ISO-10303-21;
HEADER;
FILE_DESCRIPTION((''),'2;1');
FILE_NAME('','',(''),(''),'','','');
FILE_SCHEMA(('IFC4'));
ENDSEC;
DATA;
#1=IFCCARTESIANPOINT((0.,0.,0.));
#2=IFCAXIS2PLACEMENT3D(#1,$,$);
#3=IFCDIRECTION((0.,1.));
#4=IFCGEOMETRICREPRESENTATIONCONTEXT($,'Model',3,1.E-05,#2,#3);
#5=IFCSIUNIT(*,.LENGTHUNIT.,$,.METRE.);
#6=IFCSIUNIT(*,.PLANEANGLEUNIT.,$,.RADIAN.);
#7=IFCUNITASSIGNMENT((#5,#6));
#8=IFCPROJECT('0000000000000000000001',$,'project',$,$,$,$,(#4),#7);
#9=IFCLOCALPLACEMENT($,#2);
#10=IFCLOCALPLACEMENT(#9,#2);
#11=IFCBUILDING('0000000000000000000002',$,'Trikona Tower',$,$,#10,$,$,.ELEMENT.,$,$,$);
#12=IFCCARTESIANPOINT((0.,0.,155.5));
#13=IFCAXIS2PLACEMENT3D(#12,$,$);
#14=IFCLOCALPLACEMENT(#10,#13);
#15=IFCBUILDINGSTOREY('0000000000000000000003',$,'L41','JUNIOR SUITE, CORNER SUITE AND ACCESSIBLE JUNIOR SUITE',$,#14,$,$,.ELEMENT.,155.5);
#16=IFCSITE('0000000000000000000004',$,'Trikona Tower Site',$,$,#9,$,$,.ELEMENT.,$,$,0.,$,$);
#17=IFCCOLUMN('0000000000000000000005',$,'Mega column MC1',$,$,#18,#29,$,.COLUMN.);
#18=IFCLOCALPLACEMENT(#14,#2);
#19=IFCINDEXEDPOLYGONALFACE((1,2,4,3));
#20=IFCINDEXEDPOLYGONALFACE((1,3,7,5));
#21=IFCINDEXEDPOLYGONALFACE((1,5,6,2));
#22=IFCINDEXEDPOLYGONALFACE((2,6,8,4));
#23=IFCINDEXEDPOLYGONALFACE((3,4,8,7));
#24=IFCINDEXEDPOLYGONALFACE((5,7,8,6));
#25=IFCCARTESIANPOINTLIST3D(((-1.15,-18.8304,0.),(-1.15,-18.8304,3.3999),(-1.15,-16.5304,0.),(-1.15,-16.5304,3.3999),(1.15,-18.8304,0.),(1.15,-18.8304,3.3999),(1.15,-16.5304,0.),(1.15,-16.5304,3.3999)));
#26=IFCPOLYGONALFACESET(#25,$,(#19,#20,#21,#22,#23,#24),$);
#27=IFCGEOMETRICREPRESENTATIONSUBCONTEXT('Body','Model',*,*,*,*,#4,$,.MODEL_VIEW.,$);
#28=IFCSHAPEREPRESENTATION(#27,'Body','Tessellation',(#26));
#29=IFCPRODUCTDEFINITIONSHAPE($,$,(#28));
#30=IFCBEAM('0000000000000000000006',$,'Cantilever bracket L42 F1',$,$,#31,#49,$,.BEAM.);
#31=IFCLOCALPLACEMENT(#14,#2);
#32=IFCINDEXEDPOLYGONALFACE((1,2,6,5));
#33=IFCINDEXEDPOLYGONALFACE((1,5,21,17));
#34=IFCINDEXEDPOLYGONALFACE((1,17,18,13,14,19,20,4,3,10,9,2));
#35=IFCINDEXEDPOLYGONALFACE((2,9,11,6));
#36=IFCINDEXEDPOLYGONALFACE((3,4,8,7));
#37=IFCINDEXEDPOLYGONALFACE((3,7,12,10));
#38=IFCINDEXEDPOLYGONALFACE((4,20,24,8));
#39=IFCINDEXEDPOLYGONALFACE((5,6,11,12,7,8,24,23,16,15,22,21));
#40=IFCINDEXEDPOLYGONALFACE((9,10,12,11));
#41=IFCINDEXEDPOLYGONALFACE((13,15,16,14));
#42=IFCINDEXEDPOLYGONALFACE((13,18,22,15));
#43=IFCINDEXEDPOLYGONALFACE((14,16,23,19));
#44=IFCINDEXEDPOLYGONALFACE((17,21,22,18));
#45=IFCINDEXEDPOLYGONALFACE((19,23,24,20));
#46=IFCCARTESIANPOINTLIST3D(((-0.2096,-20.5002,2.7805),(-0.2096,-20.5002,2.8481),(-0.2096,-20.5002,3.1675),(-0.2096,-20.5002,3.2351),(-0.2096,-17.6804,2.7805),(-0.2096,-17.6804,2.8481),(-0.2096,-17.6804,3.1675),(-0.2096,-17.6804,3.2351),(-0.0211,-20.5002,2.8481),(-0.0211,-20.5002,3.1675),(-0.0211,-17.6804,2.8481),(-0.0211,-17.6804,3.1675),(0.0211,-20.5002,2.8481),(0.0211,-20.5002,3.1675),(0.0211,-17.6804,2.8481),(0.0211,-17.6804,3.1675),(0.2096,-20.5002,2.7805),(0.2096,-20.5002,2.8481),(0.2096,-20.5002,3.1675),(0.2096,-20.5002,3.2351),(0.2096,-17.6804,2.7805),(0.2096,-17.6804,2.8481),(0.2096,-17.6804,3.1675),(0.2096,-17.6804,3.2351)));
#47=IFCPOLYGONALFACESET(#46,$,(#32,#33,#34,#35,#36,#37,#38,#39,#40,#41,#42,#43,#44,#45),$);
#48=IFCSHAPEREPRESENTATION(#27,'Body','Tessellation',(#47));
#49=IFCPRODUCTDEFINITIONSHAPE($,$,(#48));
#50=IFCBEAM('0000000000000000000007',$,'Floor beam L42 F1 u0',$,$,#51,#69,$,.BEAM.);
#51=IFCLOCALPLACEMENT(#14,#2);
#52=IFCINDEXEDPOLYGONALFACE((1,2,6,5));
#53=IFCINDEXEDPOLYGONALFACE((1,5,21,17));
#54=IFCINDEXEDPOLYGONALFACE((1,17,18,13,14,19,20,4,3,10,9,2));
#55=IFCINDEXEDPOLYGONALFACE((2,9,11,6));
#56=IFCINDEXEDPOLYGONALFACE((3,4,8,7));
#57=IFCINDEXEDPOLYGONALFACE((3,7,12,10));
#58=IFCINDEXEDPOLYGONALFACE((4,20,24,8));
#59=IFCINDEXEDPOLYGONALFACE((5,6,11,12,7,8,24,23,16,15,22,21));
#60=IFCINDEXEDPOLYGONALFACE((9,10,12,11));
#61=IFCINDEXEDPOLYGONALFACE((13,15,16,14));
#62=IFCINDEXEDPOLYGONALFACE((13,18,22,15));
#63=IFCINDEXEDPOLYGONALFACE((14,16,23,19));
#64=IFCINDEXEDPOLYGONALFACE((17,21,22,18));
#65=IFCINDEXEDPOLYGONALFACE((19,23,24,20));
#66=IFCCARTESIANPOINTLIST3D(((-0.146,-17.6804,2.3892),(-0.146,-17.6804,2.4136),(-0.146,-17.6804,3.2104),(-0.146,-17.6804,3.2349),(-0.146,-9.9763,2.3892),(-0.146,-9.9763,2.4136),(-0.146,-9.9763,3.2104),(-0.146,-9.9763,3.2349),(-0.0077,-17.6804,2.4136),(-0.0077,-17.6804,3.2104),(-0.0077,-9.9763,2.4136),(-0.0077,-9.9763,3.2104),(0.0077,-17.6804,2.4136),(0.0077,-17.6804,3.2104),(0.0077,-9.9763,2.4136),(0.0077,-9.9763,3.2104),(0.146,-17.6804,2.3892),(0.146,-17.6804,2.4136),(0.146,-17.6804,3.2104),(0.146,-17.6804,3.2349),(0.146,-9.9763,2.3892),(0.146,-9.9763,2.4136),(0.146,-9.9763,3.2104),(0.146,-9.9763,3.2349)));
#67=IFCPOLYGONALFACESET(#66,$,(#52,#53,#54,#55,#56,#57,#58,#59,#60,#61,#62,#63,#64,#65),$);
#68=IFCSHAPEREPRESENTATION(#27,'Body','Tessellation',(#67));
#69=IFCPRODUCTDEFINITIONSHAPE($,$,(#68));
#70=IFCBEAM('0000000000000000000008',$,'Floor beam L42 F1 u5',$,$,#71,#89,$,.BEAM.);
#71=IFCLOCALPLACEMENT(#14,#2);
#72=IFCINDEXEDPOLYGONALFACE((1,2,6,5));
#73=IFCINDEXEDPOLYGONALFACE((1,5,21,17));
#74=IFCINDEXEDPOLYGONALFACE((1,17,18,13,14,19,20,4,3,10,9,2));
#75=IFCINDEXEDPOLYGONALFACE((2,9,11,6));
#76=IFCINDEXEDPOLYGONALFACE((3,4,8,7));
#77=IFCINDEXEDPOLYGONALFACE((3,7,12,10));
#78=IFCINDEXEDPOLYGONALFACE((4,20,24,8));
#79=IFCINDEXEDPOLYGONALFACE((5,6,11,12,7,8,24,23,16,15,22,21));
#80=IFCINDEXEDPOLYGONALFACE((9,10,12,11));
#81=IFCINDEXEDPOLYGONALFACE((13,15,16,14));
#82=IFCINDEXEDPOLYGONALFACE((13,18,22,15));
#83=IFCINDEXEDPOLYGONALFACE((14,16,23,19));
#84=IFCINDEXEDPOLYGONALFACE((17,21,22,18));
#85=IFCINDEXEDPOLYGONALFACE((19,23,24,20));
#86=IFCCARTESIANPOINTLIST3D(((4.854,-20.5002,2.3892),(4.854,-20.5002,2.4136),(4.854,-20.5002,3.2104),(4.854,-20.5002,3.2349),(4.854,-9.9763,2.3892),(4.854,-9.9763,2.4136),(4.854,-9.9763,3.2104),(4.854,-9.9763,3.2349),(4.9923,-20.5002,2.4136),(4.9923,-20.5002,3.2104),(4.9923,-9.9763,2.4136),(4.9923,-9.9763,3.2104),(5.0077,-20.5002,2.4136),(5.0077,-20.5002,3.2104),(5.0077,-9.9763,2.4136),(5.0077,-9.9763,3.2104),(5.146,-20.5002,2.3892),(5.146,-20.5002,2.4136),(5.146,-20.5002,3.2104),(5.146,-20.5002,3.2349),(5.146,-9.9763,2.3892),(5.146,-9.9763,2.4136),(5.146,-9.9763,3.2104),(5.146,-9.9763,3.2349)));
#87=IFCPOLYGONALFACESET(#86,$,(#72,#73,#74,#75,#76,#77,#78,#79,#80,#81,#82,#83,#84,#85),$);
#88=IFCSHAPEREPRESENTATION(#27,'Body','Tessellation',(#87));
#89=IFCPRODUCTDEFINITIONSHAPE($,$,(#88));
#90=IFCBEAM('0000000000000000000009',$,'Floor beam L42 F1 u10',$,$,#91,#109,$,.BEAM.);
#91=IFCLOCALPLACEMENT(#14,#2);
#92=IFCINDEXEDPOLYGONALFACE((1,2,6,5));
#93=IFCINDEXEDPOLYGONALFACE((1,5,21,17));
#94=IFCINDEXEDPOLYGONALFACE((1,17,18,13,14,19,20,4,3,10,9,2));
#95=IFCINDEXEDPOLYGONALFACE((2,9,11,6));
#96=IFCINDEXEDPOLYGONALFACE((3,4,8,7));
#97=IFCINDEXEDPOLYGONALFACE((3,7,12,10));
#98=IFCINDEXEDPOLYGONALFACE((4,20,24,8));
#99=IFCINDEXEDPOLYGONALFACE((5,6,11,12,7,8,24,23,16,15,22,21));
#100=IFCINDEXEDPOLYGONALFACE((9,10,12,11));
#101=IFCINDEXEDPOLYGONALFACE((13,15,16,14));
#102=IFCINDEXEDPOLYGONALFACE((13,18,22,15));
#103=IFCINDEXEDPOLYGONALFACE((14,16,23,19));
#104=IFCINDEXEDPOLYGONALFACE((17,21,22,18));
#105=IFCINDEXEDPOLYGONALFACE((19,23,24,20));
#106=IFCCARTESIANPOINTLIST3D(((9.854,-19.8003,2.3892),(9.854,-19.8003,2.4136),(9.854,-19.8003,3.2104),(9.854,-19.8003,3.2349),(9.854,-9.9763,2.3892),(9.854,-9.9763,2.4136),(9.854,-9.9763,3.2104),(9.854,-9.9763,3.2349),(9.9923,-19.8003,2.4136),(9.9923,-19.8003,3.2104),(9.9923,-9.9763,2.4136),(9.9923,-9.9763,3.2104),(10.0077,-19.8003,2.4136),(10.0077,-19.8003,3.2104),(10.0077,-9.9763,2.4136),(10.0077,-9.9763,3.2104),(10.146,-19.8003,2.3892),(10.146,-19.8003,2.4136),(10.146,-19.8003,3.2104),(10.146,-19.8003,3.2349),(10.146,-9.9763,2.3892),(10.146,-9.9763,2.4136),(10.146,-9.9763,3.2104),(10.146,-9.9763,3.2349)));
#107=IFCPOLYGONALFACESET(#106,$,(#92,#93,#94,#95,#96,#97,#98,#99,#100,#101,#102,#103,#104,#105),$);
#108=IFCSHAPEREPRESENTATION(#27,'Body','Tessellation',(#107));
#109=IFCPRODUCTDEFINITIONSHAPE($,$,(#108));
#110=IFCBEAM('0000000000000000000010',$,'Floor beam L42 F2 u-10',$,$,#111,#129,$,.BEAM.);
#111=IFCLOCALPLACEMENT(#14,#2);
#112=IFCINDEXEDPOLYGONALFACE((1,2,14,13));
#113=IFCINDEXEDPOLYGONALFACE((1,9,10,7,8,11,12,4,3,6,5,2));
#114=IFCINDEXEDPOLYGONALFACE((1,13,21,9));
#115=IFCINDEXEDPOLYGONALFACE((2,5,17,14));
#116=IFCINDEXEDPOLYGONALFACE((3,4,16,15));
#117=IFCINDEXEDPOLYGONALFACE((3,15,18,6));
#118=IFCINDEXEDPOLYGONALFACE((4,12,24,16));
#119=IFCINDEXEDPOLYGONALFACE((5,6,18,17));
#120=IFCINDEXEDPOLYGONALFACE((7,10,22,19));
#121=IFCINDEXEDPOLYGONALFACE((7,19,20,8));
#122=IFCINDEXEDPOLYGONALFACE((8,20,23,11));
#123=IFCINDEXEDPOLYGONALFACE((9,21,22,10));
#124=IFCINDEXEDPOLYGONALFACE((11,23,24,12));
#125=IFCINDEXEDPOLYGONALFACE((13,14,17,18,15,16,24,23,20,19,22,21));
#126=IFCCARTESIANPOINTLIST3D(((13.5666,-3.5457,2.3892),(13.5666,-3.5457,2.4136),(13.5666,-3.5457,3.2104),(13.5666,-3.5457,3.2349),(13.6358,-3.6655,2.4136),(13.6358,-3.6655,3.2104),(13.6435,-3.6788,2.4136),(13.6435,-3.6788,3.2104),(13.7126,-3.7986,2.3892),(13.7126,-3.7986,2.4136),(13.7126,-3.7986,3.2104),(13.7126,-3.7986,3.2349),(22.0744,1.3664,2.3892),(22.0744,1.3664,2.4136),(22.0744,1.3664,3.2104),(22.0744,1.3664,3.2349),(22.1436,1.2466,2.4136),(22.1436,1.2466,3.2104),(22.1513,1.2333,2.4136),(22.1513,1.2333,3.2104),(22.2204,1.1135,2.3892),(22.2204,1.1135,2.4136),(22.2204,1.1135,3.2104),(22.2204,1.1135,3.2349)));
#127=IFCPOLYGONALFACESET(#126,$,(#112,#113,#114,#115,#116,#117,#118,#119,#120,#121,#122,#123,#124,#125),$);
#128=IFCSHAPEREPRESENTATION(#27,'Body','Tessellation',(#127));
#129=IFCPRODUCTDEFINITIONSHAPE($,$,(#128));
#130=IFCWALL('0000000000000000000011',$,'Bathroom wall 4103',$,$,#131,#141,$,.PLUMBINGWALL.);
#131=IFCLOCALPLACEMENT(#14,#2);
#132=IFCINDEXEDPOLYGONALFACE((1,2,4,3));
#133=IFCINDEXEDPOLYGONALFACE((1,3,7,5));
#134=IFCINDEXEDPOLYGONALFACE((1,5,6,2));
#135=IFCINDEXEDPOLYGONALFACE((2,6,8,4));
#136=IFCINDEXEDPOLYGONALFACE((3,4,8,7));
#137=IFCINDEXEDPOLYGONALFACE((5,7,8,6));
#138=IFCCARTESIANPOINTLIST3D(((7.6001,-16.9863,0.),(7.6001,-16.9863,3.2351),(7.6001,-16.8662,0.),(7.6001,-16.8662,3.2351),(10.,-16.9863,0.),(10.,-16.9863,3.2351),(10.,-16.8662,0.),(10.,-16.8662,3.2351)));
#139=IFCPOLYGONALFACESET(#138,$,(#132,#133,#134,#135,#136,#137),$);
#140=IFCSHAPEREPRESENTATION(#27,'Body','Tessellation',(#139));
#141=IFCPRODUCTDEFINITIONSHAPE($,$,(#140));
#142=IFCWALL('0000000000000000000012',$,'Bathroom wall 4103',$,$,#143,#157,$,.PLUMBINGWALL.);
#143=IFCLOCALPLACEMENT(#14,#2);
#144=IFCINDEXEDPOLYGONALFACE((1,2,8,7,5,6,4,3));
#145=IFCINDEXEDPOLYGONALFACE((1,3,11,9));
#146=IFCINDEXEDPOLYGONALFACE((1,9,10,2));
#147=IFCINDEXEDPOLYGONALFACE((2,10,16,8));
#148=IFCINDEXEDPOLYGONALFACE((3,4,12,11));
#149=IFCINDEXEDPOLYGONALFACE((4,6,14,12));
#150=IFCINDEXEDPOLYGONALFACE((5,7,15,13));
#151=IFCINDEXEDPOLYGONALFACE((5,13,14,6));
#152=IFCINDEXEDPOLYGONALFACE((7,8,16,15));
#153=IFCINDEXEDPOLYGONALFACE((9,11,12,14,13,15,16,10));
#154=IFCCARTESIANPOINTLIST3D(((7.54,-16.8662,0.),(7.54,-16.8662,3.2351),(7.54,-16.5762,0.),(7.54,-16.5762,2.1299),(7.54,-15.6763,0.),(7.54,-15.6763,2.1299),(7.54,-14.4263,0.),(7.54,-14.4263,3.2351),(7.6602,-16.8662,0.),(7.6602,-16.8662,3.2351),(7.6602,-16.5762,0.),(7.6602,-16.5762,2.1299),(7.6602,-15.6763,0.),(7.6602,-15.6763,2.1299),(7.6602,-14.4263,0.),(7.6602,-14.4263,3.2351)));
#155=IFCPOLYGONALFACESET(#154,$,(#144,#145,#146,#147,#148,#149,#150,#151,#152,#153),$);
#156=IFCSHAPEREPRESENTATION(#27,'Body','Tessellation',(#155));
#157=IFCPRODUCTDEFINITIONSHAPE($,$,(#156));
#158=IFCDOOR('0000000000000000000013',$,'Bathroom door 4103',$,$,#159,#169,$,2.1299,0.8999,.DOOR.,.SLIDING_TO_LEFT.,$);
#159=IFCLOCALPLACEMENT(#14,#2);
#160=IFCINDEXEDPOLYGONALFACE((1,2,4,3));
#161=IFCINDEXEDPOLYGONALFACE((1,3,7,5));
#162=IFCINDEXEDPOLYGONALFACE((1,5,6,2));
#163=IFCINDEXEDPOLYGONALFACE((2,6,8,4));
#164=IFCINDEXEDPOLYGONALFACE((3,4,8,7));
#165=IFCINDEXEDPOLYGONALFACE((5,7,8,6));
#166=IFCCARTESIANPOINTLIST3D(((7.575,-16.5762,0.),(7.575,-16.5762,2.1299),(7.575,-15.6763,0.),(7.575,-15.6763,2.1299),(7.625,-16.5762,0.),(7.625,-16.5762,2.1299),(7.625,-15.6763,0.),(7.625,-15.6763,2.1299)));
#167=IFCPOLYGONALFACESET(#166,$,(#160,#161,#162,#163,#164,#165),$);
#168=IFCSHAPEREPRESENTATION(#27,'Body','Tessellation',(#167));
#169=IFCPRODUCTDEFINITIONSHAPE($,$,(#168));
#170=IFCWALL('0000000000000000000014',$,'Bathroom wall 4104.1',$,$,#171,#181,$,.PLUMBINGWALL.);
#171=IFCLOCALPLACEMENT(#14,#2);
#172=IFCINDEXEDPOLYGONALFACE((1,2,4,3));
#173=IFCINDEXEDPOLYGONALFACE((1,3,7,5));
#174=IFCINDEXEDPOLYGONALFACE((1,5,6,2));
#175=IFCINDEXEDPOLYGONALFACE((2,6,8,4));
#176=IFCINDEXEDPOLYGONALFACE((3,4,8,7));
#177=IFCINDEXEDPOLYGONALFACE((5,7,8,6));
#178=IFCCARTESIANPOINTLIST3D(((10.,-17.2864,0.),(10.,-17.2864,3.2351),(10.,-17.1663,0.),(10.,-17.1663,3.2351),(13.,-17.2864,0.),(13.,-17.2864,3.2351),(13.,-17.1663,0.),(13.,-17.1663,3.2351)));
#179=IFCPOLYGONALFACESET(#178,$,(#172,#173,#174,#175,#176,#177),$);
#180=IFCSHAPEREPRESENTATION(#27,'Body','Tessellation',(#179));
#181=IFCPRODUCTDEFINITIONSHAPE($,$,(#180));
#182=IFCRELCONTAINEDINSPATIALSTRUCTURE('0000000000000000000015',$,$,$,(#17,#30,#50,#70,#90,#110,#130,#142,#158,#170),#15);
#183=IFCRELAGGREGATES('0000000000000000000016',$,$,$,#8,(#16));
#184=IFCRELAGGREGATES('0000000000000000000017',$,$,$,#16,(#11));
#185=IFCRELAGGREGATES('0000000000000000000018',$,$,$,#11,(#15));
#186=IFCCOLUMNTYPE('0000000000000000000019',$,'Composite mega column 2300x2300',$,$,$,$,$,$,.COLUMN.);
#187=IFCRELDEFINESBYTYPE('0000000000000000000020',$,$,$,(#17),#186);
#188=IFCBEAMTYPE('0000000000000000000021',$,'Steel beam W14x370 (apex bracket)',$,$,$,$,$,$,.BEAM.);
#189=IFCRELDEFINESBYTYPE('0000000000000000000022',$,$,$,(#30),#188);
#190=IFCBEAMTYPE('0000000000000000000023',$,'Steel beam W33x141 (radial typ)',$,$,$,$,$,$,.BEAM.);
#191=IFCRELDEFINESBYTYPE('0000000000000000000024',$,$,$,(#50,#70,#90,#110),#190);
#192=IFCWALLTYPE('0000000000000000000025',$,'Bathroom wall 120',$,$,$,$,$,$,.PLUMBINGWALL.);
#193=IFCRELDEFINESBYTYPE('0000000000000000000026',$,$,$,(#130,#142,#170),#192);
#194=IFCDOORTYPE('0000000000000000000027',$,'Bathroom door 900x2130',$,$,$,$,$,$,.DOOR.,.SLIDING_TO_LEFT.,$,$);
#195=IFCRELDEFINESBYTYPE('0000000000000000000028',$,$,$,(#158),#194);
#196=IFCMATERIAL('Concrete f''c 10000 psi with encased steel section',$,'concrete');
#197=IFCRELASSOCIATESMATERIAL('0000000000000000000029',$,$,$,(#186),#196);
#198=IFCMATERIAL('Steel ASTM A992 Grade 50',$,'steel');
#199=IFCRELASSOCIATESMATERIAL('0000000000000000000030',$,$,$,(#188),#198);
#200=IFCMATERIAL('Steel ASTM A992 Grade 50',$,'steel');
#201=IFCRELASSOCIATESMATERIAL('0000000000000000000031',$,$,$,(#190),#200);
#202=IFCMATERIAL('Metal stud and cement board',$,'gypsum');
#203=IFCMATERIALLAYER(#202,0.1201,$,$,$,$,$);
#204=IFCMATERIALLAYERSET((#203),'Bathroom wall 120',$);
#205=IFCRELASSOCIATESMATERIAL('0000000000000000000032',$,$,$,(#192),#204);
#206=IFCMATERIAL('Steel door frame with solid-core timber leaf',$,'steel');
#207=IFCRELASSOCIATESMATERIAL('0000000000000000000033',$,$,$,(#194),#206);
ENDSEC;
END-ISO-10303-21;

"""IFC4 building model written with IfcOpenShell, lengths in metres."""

from ifc_helpers import new_model, si_unit, direction, frame, frame_2d, origin, origin_2d, place, context, subcontext, project, spatial, rectangle, i_section, extrude, material, layer, layer_set, material_profile, profile_set, type_object, element, fill, save


model = new_model("IFC4")

# Units and contexts
model_context = context("Model", 3, precision=1e-05, world=origin(), true_north=direction((0.0, 1.0)))
body_context = subcontext(model_context, "Body", "Model", "MODEL_VIEW")
ifc_project = project(units=[si_unit("LENGTHUNIT", "METRE"), si_unit("PLANEANGLEUNIT", "RADIAN")], contexts=[model_context])

# Site, building, storey
site_placement = place(None, origin())
site = spatial("IfcSite", under=ifc_project, at=site_placement, Name="Trikona Tower Site", CompositionType="ELEMENT", RefElevation=0.0)
building_placement = place(site_placement, origin())
building = spatial("IfcBuilding", under=site, at=building_placement, Name="Trikona Tower", CompositionType="ELEMENT")
storey_placement = place(building_placement, frame((0.0, 0.0, 155.5)))
storey = spatial("IfcBuildingStorey", under=building, at=storey_placement, Name="L41", Description="JUNIOR SUITE, CORNER SUITE AND ACCESSIBLE JUNIOR SUITE", CompositionType="ELEMENT", Elevation=155.5)

# Column
ifc_material_1 = material(Name="Concrete f'c 10000 psi with encased steel section", Category="concrete")
ifc_material_profile_1 = material_profile(ifc_material_1, rectangle(XDim=2.3, YDim=2.3, at=origin_2d()), Name="MC2300")
ifc_profile_set_1 = profile_set([ifc_material_profile_1], Name="Concrete f'c 10000 psi with encased steel section")
column_type = type_object("IfcColumnType", Name="Composite mega column 2300x2300", PredefinedType="COLUMN", material=ifc_profile_set_1)
column_placement = place(storey_placement, frame((0.0, -17.6804, 0.0), z_axis=(0.0, 0.0, 1.0), x_axis=(0.0, -1.0, 0.0)))
element("IfcColumn", 1, at=column_placement, inside=storey, type_object=column_type, Name="Mega column MC1", PredefinedType="COLUMN", context=body_context, shape_type="SweptSolid", body=[
    extrude(rectangle(XDim=2.3, YDim=2.3, at=origin_2d()), origin(), (0.0, 0.0, 1.0), 3.3999),
])

# Beams
ifc_material_2 = material(Name="Steel ASTM A992 Grade 50", Category="steel")
ifc_material_profile_2 = material_profile(ifc_material_2, i_section(OverallWidth=0.4192, OverallDepth=0.4546, WebThickness=0.0422, FlangeThickness=0.0676, at=origin_2d()), Name="W14X370")
ifc_profile_set_2 = profile_set([ifc_material_profile_2], Name="Steel ASTM A992 Grade 50")
beam_type_1 = type_object("IfcBeamType", Name="Steel beam W14x370 (apex bracket)", PredefinedType="BEAM", material=ifc_profile_set_2)
beam_1_placement = place(storey_placement, frame((0.0, -17.6804, 3.0078), z_axis=(0.0, -1.0, 0.0), x_axis=(1.0, 0.0, 0.0)))
element("IfcBeam", 2, at=beam_1_placement, inside=storey, type_object=beam_type_1, Name="Cantilever bracket L42 F1", PredefinedType="BEAM", context=body_context, shape_type="SweptSolid", body=[
    extrude(i_section(OverallWidth=0.4192, OverallDepth=0.4546, WebThickness=0.0422, FlangeThickness=0.0676, at=origin_2d()), origin(), (0.0, 0.0, 1.0), 2.8198),
])
ifc_material_3 = material(Name="Steel ASTM A992 Grade 50", Category="steel")
ifc_material_profile_3 = material_profile(ifc_material_3, i_section(OverallWidth=0.292, OverallDepth=0.8457, WebThickness=0.0154, FlangeThickness=0.0244, at=origin_2d()), Name="W33X141")
ifc_profile_set_3 = profile_set([ifc_material_profile_3], Name="Steel ASTM A992 Grade 50")
beam_type_2 = type_object("IfcBeamType", Name="Steel beam W33x141 (radial typ)", PredefinedType="BEAM", material=ifc_profile_set_3)
beam_2_placement = place(storey_placement, frame((0.0, -9.9763, 2.812), z_axis=(0.0, -1.0, 0.0), x_axis=(1.0, 0.0, 0.0)))
element("IfcBeam", 3, at=beam_2_placement, inside=storey, type_object=beam_type_2, Name="Floor beam L42 F1 u0", PredefinedType="BEAM", context=body_context, shape_type="SweptSolid", body=[
    extrude(i_section(OverallWidth=0.292, OverallDepth=0.8457, WebThickness=0.0154, FlangeThickness=0.0244, at=origin_2d()), origin(), (0.0, 0.0, 1.0), 7.7041),
])
beam_3_placement = place(storey_placement, frame((5.0, -9.9763, 2.812), z_axis=(0.0, -1.0, 0.0), x_axis=(1.0, 0.0, 0.0)))
element("IfcBeam", 4, at=beam_3_placement, inside=storey, type_object=beam_type_2, Name="Floor beam L42 F1 u5", PredefinedType="BEAM", context=body_context, shape_type="SweptSolid", body=[
    extrude(i_section(OverallWidth=0.292, OverallDepth=0.8457, WebThickness=0.0154, FlangeThickness=0.0244, at=origin_2d()), origin(), (0.0, 0.0, 1.0), 10.5239),
])
for number, where, z_axis, x_axis, name in (
    (5, (10.0, -9.9763, 2.812), (0.0, -1.0, 0.0), (1.0, 0.0, 0.0), "Floor beam L42 F1 u10"),
    (6, (13.6396, -3.6721, 2.812), (0.86602, 0.500009, 0.0), (-0.500009, 0.86602, 0.0), "Floor beam L42 F2 u-10"),
):
    element("IfcBeam", number, at=place(storey_placement, frame(where, z_axis=z_axis, x_axis=x_axis)), inside=storey, type_object=beam_type_2, Name=name, PredefinedType="BEAM", context=body_context, shape_type="SweptSolid", body=[
        extrude(i_section(OverallWidth=0.292, OverallDepth=0.8457, WebThickness=0.0154, FlangeThickness=0.0244, at=origin_2d()), origin(), (0.0, 0.0, 1.0), 9.824),
    ])

# Wall
ifc_material_4 = material(Name="Metal stud and cement board", Category="gypsum")
ifc_layer_1 = layer(ifc_material_4, 0.1201)
ifc_layer_set_1 = layer_set([ifc_layer_1], Name="Bathroom wall 120")
wall_type_1 = type_object("IfcWallType", Name="Bathroom wall 120", PredefinedType="PLUMBINGWALL", material=ifc_layer_set_1)
wall_1_placement = place(storey_placement, frame((7.6001, -16.9263, 0.0), z_axis=(0.0, 0.0, 1.0), x_axis=(1.0, 0.0, 0.0)))
element("IfcWall", 7, at=wall_1_placement, inside=storey, type_object=wall_type_1, Name="Bathroom wall 4103", PredefinedType="PLUMBINGWALL", context=body_context, shape_type="SweptSolid", body=[
    extrude(rectangle(XDim=2.3999, YDim=0.1201, at=frame_2d((1.2, 0.0))), origin(), (0.0, 0.0, 1.0), 3.2351),
])

# Wall, opening, door
wall_2_placement = place(storey_placement, frame((7.6001, -14.4263, 0.0), z_axis=(0.0, 0.0, 1.0), x_axis=(0.0, -1.0, 0.0)))
wall_2 = element("IfcWall", 8, at=wall_2_placement, inside=storey, type_object=wall_type_1, Name="Bathroom wall 4103", PredefinedType="PLUMBINGWALL", context=body_context, shape_type="SweptSolid", body=[
    extrude(rectangle(XDim=2.4399, YDim=0.1201, at=frame_2d((1.22, 0.0))), origin(), (0.0, 0.0, 1.0), 3.2351),
])
opening_1_placement = place(wall_2_placement, frame((1.25, 0.0, 0.0)))
opening_1 = element("IfcOpeningElement", 9, at=opening_1_placement, cuts=wall_2, PredefinedType="OPENING", context=body_context, shape_type="SweptSolid", body=[
    extrude(rectangle(XDim=0.8999, YDim=2.1299, at=frame_2d((0.45, 1.0649))), frame((0.0, 0.0701, 0.0), z_axis=(0.0, -1.0, 0.0), x_axis=(1.0, 0.0, 0.0)), (0.0, 0.0, 1.0), 0.1401),
])
ifc_material_5 = material(Name="Steel door frame with solid-core timber leaf", Category="steel")
door_type_1 = type_object("IfcDoorType", Name="Bathroom door 900x2130", OperationType="SLIDING_TO_LEFT", PredefinedType="DOOR", material=ifc_material_5)
door_1_placement = place(opening_1_placement, origin())
door_1 = element("IfcDoor", 10, at=door_1_placement, inside=storey, type_object=door_type_1, Name="Bathroom door 4103", OperationType="SLIDING_TO_LEFT", OverallHeight=2.1299, OverallWidth=0.8999, PredefinedType="DOOR", context=body_context, shape_type="SweptSolid", body=[
    extrude(rectangle(XDim=0.8999, YDim=2.1299, at=frame_2d((0.45, 1.0649))), frame((0.0, 0.0249, 0.0), z_axis=(0.0, -1.0, 0.0), x_axis=(1.0, 0.0, 0.0)), (0.0, 0.0, 1.0), 0.05),
])
fill(opening_1, door_1)

# Wall
wall_3_placement = place(storey_placement, frame((10.0, -17.2263, 0.0), z_axis=(0.0, 0.0, 1.0), x_axis=(1.0, 0.0, 0.0)))
element("IfcWall", 11, at=wall_3_placement, inside=storey, type_object=wall_type_1, Name="Bathroom wall 4104.1", PredefinedType="PLUMBINGWALL", context=body_context, shape_type="SweptSolid", body=[
    extrude(rectangle(XDim=3.0, YDim=0.1201, at=frame_2d((1.5, 0.0))), origin(), (0.0, 0.0, 1.0), 3.2351),
])

save(model, "model.ifc")
